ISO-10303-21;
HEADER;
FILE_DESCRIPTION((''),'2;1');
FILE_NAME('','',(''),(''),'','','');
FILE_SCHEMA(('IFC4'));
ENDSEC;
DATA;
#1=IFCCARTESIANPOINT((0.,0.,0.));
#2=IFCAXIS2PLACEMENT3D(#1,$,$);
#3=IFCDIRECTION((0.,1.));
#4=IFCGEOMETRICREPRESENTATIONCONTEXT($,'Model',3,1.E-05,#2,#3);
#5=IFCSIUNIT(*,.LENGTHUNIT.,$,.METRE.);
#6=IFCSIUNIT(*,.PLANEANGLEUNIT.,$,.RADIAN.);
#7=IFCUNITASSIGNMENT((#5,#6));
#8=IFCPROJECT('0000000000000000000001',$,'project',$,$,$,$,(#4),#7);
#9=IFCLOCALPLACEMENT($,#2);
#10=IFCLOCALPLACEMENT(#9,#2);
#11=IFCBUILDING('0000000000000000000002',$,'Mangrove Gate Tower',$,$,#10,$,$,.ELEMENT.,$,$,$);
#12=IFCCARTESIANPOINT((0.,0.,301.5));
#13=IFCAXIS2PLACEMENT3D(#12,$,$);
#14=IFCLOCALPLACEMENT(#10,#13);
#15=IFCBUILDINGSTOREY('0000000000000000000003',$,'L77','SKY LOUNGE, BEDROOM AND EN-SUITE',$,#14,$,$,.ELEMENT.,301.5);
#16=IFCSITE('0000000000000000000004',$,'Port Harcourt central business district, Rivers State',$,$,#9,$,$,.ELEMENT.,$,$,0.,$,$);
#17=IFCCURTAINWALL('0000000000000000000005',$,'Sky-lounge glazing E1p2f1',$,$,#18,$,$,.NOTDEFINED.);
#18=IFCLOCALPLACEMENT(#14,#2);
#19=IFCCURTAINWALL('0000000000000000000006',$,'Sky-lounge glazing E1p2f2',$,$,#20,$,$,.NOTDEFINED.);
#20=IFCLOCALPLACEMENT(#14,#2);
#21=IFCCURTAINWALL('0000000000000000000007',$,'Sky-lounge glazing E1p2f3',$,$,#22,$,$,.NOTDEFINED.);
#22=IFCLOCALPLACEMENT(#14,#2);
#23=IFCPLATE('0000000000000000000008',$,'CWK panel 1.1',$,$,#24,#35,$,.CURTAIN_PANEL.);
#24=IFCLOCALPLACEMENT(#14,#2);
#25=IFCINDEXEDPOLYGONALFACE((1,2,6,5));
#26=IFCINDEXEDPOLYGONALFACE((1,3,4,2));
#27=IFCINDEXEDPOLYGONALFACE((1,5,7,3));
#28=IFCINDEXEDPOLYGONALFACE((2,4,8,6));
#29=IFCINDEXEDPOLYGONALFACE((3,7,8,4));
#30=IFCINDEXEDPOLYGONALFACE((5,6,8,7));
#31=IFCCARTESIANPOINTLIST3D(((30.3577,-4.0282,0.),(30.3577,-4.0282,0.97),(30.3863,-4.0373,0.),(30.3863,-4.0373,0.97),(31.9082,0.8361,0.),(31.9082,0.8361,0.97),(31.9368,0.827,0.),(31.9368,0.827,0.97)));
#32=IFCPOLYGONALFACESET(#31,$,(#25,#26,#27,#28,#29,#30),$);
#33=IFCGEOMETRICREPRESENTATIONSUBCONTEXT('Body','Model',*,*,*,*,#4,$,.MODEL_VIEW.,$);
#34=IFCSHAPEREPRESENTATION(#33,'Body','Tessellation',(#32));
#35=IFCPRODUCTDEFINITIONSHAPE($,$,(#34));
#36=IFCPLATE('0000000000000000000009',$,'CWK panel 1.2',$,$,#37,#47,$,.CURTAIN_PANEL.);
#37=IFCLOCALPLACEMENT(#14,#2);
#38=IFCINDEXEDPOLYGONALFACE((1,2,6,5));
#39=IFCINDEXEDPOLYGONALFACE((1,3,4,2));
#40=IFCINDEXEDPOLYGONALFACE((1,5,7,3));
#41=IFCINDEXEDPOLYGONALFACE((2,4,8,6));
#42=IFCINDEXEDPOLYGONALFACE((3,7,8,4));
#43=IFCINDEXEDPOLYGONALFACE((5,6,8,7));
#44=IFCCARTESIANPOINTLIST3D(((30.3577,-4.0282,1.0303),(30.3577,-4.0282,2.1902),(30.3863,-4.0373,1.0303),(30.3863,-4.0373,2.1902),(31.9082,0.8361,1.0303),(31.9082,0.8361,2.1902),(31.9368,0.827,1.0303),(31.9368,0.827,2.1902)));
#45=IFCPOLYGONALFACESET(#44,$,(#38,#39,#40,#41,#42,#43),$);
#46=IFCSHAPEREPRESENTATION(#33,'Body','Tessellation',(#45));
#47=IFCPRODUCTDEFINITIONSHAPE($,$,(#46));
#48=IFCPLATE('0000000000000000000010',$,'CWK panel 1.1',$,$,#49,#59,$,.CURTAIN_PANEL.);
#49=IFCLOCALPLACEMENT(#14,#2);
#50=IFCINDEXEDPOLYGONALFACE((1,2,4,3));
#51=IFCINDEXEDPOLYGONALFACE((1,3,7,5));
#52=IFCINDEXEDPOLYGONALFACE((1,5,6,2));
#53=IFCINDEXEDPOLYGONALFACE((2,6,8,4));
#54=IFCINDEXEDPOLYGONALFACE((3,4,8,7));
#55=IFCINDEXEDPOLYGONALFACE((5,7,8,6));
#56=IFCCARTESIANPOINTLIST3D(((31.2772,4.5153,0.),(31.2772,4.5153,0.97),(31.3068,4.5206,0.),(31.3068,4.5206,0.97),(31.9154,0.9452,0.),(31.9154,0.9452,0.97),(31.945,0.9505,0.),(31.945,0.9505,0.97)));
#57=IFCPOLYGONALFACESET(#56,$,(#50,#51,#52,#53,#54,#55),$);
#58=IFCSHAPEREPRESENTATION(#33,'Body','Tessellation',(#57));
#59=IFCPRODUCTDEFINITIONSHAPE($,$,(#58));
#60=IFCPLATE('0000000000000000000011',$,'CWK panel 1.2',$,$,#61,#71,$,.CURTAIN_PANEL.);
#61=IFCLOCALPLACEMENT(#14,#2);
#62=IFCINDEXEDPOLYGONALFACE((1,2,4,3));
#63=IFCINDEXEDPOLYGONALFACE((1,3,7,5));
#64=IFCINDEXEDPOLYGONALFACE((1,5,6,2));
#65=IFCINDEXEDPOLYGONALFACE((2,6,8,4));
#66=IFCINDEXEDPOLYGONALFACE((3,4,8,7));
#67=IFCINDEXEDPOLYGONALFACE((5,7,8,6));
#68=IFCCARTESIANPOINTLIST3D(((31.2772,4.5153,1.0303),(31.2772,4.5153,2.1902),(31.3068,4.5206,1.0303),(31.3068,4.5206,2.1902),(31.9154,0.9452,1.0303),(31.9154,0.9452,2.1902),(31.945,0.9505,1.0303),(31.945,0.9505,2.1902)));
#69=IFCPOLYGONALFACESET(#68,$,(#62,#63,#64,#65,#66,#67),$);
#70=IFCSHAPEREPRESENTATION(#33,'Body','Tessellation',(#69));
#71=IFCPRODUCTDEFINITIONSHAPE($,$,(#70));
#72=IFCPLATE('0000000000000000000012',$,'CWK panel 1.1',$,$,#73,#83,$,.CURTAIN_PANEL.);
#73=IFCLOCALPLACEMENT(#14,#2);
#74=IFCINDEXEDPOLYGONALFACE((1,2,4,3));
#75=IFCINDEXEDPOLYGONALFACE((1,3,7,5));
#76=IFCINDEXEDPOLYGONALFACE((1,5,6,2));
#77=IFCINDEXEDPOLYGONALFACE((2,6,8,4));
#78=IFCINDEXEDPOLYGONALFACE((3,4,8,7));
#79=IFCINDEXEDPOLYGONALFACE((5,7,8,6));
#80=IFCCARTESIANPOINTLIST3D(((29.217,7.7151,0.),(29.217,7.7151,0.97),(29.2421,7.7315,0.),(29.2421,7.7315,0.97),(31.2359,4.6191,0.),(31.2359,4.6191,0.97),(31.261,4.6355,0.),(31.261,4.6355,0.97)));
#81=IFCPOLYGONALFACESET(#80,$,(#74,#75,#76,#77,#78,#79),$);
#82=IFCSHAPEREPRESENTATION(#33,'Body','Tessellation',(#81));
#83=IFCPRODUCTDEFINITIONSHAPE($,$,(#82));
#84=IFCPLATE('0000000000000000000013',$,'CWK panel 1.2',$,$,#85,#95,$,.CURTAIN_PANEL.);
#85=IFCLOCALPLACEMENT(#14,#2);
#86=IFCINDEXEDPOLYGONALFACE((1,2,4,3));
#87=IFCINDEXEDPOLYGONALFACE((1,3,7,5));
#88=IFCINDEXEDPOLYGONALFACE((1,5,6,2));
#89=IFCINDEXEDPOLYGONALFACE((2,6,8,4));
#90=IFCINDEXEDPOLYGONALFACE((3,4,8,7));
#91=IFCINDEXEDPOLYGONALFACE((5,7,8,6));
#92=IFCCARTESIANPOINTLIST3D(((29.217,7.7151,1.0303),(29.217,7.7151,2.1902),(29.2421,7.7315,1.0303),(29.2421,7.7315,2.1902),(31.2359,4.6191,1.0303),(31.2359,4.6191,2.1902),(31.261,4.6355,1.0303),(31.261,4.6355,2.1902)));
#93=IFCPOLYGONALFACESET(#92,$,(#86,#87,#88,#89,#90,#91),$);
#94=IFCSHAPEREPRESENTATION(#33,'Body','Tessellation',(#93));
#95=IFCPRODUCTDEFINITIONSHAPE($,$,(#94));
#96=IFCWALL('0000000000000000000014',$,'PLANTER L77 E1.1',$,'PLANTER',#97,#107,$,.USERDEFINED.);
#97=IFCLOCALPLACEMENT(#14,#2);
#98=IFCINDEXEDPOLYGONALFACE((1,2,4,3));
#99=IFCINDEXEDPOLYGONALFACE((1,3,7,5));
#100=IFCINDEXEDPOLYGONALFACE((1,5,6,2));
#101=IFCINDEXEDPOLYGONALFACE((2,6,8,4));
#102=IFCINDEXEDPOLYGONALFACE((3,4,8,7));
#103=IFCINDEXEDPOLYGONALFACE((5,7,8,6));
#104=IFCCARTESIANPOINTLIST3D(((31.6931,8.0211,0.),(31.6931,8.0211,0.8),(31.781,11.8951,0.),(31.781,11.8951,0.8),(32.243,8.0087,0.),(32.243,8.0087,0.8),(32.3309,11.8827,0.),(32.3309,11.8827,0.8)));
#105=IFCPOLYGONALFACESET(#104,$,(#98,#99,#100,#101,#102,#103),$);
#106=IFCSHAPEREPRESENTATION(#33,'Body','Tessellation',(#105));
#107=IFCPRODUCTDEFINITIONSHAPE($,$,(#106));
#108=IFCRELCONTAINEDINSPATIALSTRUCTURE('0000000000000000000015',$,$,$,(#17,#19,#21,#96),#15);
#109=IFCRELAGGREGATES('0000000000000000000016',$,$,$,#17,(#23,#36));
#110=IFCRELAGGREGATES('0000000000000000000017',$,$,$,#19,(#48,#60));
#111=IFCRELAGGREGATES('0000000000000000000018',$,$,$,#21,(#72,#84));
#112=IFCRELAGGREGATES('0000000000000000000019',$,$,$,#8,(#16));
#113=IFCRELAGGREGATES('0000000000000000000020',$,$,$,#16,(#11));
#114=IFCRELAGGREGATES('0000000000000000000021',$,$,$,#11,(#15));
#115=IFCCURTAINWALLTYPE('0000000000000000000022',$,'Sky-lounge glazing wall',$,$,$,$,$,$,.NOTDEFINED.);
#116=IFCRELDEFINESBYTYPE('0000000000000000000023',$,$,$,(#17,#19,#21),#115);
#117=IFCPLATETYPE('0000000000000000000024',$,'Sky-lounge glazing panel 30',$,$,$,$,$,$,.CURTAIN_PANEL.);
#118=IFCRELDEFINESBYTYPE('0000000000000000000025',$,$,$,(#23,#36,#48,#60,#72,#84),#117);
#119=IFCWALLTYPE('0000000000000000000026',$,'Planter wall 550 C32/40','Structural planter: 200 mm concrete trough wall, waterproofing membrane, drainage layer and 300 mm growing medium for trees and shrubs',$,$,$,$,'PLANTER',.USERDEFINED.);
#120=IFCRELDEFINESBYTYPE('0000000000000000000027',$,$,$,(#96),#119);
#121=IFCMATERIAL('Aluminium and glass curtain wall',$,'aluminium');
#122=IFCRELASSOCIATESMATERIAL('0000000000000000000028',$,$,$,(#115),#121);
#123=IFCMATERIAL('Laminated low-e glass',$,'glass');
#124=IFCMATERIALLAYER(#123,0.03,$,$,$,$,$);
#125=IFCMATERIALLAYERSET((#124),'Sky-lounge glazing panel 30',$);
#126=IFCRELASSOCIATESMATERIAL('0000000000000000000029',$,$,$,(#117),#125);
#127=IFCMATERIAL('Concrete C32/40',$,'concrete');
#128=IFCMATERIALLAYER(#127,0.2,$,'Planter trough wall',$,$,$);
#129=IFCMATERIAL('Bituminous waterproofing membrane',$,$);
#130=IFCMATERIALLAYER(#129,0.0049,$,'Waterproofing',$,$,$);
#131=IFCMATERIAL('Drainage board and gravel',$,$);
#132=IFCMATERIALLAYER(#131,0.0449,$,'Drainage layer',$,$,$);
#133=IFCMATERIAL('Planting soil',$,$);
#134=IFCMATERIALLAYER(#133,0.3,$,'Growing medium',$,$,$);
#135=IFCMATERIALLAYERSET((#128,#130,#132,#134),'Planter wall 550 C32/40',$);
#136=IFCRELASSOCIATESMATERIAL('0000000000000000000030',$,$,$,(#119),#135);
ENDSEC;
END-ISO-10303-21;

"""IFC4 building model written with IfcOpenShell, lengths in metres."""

from ifc_helpers import new_model, si_unit, direction, frame, frame_2d, origin, origin_2d, place, context, subcontext, project, spatial, rectangle, extrude, material, layer, layer_set, type_object, element, aggregate, save


model = new_model("IFC4")

# Units and contexts
model_context = context("Model", 3, precision=1e-05, world=origin(), true_north=direction((0.0, 1.0)))
body_context = subcontext(model_context, "Body", "Model", "MODEL_VIEW")
ifc_project = project(units=[si_unit("LENGTHUNIT", "METRE"), si_unit("PLANEANGLEUNIT", "RADIAN")], contexts=[model_context])

# Site, building, storey
site_placement = place(None, origin())
site = spatial("IfcSite", under=ifc_project, at=site_placement, Name="Port Harcourt central business district, Rivers State", CompositionType="ELEMENT", RefElevation=0.0)
building_placement = place(site_placement, origin())
building = spatial("IfcBuilding", under=site, at=building_placement, Name="Mangrove Gate Tower", CompositionType="ELEMENT")
storey_placement = place(building_placement, frame((0.0, 0.0, 301.5)))
storey = spatial("IfcBuildingStorey", under=building, at=storey_placement, Name="L77", Description="SKY LOUNGE, BEDROOM AND EN-SUITE", CompositionType="ELEMENT", Elevation=301.5)

# Curtain walls
ifc_material_1 = material(Name="Aluminium and glass curtain wall", Category="aluminium")
curtain_wall_type = type_object("IfcCurtainWallType", Name="Sky-lounge glazing wall", PredefinedType="NOTDEFINED", material=ifc_material_1)
curtain_wall_1_placement = place(storey_placement, origin())
curtain_wall_1 = element("IfcCurtainWall", 1, at=curtain_wall_1_placement, inside=storey, type_object=curtain_wall_type, Name="Sky-lounge glazing E1p2f1", PredefinedType="NOTDEFINED")
curtain_wall_2_placement = place(storey_placement, origin())
curtain_wall_2 = element("IfcCurtainWall", 2, at=curtain_wall_2_placement, inside=storey, type_object=curtain_wall_type, Name="Sky-lounge glazing E1p2f2", PredefinedType="NOTDEFINED")

# Curtain wall
curtain_wall_3_placement = place(storey_placement, origin())
curtain_wall_3 = element("IfcCurtainWall", 3, at=curtain_wall_3_placement, inside=storey, type_object=curtain_wall_type, Name="Sky-lounge glazing E1p2f3", PredefinedType="NOTDEFINED")

# Plates
ifc_material_2 = material(Name="Laminated low-e glass", Category="glass")
ifc_layer_1 = layer(ifc_material_2, 0.03)
ifc_layer_set_1 = layer_set([ifc_layer_1], Name="Sky-lounge glazing panel 30")
plate_type = type_object("IfcPlateType", Name="Sky-lounge glazing panel 30", PredefinedType="CURTAIN_PANEL", material=ifc_layer_set_1)
plate_1_placement = place(storey_placement, frame((31.1472, -1.6006, 0.0), z_axis=(0.0, 0.0, 1.0), x_axis=(0.303697, 0.952769, 0.0)))
plate_1 = element("IfcPlate", 4, at=plate_1_placement, type_object=plate_type, Name="CWK panel 1.1", PredefinedType="CURTAIN_PANEL", context=body_context, shape_type="SweptSolid", body=[
    extrude(rectangle(XDim=5.1055, YDim=0.03, at=origin_2d()), origin(), (0.0, 0.0, 1.0), 0.97),
])
plate_2_placement = place(storey_placement, frame((31.1472, -1.6006, 1.0303), z_axis=(0.0, 0.0, 1.0), x_axis=(0.303697, 0.952769, 0.0)))
plate_2 = element("IfcPlate", 5, at=plate_2_placement, type_object=plate_type, Name="CWK panel 1.2", PredefinedType="CURTAIN_PANEL", context=body_context, shape_type="SweptSolid", body=[
    extrude(rectangle(XDim=5.1055, YDim=0.03, at=origin_2d()), origin(), (0.0, 0.0, 1.0), 1.1599),
])
aggregate(curtain_wall_1, [plate_1, plate_2])
plate_3_placement = place(storey_placement, frame((31.6111, 2.7329, 0.0), z_axis=(0.0, 0.0, 1.0), x_axis=(-0.175968, 0.984396, 0.0)))
plate_3 = element("IfcPlate", 6, at=plate_3_placement, type_object=plate_type, Name="CWK panel 1.1", PredefinedType="CURTAIN_PANEL", context=body_context, shape_type="SweptSolid", body=[
    extrude(rectangle(XDim=3.6267, YDim=0.03, at=origin_2d()), origin(), (0.0, 0.0, 1.0), 0.97),
])
plate_4_placement = place(storey_placement, frame((31.6111, 2.7329, 1.0303), z_axis=(0.0, 0.0, 1.0), x_axis=(-0.175968, 0.984396, 0.0)))
plate_4 = element("IfcPlate", 7, at=plate_4_placement, type_object=plate_type, Name="CWK panel 1.2", PredefinedType="CURTAIN_PANEL", context=body_context, shape_type="SweptSolid", body=[
    extrude(rectangle(XDim=3.6267, YDim=0.03, at=origin_2d()), origin(), (0.0, 0.0, 1.0), 1.1599),
])
aggregate(curtain_wall_2, [plate_3, plate_4])
plate_5_placement = place(storey_placement, frame((30.239, 6.1753, 0.0), z_axis=(0.0, 0.0, 1.0), x_axis=(-0.546235, 0.837632, 0.0)))
plate_5 = element("IfcPlate", 8, at=plate_5_placement, type_object=plate_type, Name="CWK panel 1.1", PredefinedType="CURTAIN_PANEL", context=body_context, shape_type="SweptSolid", body=[
    extrude(rectangle(XDim=3.696, YDim=0.03, at=origin_2d()), origin(), (0.0, 0.0, 1.0), 0.97),
])
plate_6_placement = place(storey_placement, frame((30.239, 6.1753, 1.0303), z_axis=(0.0, 0.0, 1.0), x_axis=(-0.546235, 0.837632, 0.0)))
plate_6 = element("IfcPlate", 9, at=plate_6_placement, type_object=plate_type, Name="CWK panel 1.2", PredefinedType="CURTAIN_PANEL", context=body_context, shape_type="SweptSolid", body=[
    extrude(rectangle(XDim=3.696, YDim=0.03, at=origin_2d()), origin(), (0.0, 0.0, 1.0), 1.1599),
])
aggregate(curtain_wall_3, [plate_5, plate_6])

# Wall
ifc_material_3 = material(Name="Concrete C32/40", Category="concrete")
ifc_layer_2 = layer(ifc_material_3, 0.2, Name="Planter trough wall")
ifc_material_4 = material(Name="Bituminous waterproofing membrane")
ifc_layer_3 = layer(ifc_material_4, 0.0049, Name="Waterproofing")
ifc_material_5 = material(Name="Drainage board and gravel")
ifc_layer_4 = layer(ifc_material_5, 0.0449, Name="Drainage layer")
ifc_material_6 = material(Name="Planting soil")
ifc_layer_5 = layer(ifc_material_6, 0.3, Name="Growing medium")
ifc_layer_set_2 = layer_set([ifc_layer_2, ifc_layer_3, ifc_layer_4, ifc_layer_5], Name="Planter wall 550 C32/40")
wall_type = type_object("IfcWallType", Name="Planter wall 550 C32/40", Description="Structural planter: 200 mm concrete trough wall, waterproofing membrane, drainage layer and 300 mm growing medium for trees and shrubs", ElementType="PLANTER", PredefinedType="USERDEFINED", material=ifc_layer_set_2)
wall_placement = place(storey_placement, frame((31.968, 8.0149, 0.0), z_axis=(0.0, 0.0, 1.0), x_axis=(0.022681, 0.999743, 0.0)))
element("IfcWall", 10, at=wall_placement, inside=storey, type_object=wall_type, Name="PLANTER L77 E1.1", ObjectType="PLANTER", PredefinedType="USERDEFINED", context=body_context, shape_type="SweptSolid", body=[
    extrude(rectangle(XDim=3.875, YDim=0.55, at=frame_2d((1.9375, 0.0))), origin(), (0.0, 0.0, 1.0), 0.8),
])

save(model, "model.ifc")
